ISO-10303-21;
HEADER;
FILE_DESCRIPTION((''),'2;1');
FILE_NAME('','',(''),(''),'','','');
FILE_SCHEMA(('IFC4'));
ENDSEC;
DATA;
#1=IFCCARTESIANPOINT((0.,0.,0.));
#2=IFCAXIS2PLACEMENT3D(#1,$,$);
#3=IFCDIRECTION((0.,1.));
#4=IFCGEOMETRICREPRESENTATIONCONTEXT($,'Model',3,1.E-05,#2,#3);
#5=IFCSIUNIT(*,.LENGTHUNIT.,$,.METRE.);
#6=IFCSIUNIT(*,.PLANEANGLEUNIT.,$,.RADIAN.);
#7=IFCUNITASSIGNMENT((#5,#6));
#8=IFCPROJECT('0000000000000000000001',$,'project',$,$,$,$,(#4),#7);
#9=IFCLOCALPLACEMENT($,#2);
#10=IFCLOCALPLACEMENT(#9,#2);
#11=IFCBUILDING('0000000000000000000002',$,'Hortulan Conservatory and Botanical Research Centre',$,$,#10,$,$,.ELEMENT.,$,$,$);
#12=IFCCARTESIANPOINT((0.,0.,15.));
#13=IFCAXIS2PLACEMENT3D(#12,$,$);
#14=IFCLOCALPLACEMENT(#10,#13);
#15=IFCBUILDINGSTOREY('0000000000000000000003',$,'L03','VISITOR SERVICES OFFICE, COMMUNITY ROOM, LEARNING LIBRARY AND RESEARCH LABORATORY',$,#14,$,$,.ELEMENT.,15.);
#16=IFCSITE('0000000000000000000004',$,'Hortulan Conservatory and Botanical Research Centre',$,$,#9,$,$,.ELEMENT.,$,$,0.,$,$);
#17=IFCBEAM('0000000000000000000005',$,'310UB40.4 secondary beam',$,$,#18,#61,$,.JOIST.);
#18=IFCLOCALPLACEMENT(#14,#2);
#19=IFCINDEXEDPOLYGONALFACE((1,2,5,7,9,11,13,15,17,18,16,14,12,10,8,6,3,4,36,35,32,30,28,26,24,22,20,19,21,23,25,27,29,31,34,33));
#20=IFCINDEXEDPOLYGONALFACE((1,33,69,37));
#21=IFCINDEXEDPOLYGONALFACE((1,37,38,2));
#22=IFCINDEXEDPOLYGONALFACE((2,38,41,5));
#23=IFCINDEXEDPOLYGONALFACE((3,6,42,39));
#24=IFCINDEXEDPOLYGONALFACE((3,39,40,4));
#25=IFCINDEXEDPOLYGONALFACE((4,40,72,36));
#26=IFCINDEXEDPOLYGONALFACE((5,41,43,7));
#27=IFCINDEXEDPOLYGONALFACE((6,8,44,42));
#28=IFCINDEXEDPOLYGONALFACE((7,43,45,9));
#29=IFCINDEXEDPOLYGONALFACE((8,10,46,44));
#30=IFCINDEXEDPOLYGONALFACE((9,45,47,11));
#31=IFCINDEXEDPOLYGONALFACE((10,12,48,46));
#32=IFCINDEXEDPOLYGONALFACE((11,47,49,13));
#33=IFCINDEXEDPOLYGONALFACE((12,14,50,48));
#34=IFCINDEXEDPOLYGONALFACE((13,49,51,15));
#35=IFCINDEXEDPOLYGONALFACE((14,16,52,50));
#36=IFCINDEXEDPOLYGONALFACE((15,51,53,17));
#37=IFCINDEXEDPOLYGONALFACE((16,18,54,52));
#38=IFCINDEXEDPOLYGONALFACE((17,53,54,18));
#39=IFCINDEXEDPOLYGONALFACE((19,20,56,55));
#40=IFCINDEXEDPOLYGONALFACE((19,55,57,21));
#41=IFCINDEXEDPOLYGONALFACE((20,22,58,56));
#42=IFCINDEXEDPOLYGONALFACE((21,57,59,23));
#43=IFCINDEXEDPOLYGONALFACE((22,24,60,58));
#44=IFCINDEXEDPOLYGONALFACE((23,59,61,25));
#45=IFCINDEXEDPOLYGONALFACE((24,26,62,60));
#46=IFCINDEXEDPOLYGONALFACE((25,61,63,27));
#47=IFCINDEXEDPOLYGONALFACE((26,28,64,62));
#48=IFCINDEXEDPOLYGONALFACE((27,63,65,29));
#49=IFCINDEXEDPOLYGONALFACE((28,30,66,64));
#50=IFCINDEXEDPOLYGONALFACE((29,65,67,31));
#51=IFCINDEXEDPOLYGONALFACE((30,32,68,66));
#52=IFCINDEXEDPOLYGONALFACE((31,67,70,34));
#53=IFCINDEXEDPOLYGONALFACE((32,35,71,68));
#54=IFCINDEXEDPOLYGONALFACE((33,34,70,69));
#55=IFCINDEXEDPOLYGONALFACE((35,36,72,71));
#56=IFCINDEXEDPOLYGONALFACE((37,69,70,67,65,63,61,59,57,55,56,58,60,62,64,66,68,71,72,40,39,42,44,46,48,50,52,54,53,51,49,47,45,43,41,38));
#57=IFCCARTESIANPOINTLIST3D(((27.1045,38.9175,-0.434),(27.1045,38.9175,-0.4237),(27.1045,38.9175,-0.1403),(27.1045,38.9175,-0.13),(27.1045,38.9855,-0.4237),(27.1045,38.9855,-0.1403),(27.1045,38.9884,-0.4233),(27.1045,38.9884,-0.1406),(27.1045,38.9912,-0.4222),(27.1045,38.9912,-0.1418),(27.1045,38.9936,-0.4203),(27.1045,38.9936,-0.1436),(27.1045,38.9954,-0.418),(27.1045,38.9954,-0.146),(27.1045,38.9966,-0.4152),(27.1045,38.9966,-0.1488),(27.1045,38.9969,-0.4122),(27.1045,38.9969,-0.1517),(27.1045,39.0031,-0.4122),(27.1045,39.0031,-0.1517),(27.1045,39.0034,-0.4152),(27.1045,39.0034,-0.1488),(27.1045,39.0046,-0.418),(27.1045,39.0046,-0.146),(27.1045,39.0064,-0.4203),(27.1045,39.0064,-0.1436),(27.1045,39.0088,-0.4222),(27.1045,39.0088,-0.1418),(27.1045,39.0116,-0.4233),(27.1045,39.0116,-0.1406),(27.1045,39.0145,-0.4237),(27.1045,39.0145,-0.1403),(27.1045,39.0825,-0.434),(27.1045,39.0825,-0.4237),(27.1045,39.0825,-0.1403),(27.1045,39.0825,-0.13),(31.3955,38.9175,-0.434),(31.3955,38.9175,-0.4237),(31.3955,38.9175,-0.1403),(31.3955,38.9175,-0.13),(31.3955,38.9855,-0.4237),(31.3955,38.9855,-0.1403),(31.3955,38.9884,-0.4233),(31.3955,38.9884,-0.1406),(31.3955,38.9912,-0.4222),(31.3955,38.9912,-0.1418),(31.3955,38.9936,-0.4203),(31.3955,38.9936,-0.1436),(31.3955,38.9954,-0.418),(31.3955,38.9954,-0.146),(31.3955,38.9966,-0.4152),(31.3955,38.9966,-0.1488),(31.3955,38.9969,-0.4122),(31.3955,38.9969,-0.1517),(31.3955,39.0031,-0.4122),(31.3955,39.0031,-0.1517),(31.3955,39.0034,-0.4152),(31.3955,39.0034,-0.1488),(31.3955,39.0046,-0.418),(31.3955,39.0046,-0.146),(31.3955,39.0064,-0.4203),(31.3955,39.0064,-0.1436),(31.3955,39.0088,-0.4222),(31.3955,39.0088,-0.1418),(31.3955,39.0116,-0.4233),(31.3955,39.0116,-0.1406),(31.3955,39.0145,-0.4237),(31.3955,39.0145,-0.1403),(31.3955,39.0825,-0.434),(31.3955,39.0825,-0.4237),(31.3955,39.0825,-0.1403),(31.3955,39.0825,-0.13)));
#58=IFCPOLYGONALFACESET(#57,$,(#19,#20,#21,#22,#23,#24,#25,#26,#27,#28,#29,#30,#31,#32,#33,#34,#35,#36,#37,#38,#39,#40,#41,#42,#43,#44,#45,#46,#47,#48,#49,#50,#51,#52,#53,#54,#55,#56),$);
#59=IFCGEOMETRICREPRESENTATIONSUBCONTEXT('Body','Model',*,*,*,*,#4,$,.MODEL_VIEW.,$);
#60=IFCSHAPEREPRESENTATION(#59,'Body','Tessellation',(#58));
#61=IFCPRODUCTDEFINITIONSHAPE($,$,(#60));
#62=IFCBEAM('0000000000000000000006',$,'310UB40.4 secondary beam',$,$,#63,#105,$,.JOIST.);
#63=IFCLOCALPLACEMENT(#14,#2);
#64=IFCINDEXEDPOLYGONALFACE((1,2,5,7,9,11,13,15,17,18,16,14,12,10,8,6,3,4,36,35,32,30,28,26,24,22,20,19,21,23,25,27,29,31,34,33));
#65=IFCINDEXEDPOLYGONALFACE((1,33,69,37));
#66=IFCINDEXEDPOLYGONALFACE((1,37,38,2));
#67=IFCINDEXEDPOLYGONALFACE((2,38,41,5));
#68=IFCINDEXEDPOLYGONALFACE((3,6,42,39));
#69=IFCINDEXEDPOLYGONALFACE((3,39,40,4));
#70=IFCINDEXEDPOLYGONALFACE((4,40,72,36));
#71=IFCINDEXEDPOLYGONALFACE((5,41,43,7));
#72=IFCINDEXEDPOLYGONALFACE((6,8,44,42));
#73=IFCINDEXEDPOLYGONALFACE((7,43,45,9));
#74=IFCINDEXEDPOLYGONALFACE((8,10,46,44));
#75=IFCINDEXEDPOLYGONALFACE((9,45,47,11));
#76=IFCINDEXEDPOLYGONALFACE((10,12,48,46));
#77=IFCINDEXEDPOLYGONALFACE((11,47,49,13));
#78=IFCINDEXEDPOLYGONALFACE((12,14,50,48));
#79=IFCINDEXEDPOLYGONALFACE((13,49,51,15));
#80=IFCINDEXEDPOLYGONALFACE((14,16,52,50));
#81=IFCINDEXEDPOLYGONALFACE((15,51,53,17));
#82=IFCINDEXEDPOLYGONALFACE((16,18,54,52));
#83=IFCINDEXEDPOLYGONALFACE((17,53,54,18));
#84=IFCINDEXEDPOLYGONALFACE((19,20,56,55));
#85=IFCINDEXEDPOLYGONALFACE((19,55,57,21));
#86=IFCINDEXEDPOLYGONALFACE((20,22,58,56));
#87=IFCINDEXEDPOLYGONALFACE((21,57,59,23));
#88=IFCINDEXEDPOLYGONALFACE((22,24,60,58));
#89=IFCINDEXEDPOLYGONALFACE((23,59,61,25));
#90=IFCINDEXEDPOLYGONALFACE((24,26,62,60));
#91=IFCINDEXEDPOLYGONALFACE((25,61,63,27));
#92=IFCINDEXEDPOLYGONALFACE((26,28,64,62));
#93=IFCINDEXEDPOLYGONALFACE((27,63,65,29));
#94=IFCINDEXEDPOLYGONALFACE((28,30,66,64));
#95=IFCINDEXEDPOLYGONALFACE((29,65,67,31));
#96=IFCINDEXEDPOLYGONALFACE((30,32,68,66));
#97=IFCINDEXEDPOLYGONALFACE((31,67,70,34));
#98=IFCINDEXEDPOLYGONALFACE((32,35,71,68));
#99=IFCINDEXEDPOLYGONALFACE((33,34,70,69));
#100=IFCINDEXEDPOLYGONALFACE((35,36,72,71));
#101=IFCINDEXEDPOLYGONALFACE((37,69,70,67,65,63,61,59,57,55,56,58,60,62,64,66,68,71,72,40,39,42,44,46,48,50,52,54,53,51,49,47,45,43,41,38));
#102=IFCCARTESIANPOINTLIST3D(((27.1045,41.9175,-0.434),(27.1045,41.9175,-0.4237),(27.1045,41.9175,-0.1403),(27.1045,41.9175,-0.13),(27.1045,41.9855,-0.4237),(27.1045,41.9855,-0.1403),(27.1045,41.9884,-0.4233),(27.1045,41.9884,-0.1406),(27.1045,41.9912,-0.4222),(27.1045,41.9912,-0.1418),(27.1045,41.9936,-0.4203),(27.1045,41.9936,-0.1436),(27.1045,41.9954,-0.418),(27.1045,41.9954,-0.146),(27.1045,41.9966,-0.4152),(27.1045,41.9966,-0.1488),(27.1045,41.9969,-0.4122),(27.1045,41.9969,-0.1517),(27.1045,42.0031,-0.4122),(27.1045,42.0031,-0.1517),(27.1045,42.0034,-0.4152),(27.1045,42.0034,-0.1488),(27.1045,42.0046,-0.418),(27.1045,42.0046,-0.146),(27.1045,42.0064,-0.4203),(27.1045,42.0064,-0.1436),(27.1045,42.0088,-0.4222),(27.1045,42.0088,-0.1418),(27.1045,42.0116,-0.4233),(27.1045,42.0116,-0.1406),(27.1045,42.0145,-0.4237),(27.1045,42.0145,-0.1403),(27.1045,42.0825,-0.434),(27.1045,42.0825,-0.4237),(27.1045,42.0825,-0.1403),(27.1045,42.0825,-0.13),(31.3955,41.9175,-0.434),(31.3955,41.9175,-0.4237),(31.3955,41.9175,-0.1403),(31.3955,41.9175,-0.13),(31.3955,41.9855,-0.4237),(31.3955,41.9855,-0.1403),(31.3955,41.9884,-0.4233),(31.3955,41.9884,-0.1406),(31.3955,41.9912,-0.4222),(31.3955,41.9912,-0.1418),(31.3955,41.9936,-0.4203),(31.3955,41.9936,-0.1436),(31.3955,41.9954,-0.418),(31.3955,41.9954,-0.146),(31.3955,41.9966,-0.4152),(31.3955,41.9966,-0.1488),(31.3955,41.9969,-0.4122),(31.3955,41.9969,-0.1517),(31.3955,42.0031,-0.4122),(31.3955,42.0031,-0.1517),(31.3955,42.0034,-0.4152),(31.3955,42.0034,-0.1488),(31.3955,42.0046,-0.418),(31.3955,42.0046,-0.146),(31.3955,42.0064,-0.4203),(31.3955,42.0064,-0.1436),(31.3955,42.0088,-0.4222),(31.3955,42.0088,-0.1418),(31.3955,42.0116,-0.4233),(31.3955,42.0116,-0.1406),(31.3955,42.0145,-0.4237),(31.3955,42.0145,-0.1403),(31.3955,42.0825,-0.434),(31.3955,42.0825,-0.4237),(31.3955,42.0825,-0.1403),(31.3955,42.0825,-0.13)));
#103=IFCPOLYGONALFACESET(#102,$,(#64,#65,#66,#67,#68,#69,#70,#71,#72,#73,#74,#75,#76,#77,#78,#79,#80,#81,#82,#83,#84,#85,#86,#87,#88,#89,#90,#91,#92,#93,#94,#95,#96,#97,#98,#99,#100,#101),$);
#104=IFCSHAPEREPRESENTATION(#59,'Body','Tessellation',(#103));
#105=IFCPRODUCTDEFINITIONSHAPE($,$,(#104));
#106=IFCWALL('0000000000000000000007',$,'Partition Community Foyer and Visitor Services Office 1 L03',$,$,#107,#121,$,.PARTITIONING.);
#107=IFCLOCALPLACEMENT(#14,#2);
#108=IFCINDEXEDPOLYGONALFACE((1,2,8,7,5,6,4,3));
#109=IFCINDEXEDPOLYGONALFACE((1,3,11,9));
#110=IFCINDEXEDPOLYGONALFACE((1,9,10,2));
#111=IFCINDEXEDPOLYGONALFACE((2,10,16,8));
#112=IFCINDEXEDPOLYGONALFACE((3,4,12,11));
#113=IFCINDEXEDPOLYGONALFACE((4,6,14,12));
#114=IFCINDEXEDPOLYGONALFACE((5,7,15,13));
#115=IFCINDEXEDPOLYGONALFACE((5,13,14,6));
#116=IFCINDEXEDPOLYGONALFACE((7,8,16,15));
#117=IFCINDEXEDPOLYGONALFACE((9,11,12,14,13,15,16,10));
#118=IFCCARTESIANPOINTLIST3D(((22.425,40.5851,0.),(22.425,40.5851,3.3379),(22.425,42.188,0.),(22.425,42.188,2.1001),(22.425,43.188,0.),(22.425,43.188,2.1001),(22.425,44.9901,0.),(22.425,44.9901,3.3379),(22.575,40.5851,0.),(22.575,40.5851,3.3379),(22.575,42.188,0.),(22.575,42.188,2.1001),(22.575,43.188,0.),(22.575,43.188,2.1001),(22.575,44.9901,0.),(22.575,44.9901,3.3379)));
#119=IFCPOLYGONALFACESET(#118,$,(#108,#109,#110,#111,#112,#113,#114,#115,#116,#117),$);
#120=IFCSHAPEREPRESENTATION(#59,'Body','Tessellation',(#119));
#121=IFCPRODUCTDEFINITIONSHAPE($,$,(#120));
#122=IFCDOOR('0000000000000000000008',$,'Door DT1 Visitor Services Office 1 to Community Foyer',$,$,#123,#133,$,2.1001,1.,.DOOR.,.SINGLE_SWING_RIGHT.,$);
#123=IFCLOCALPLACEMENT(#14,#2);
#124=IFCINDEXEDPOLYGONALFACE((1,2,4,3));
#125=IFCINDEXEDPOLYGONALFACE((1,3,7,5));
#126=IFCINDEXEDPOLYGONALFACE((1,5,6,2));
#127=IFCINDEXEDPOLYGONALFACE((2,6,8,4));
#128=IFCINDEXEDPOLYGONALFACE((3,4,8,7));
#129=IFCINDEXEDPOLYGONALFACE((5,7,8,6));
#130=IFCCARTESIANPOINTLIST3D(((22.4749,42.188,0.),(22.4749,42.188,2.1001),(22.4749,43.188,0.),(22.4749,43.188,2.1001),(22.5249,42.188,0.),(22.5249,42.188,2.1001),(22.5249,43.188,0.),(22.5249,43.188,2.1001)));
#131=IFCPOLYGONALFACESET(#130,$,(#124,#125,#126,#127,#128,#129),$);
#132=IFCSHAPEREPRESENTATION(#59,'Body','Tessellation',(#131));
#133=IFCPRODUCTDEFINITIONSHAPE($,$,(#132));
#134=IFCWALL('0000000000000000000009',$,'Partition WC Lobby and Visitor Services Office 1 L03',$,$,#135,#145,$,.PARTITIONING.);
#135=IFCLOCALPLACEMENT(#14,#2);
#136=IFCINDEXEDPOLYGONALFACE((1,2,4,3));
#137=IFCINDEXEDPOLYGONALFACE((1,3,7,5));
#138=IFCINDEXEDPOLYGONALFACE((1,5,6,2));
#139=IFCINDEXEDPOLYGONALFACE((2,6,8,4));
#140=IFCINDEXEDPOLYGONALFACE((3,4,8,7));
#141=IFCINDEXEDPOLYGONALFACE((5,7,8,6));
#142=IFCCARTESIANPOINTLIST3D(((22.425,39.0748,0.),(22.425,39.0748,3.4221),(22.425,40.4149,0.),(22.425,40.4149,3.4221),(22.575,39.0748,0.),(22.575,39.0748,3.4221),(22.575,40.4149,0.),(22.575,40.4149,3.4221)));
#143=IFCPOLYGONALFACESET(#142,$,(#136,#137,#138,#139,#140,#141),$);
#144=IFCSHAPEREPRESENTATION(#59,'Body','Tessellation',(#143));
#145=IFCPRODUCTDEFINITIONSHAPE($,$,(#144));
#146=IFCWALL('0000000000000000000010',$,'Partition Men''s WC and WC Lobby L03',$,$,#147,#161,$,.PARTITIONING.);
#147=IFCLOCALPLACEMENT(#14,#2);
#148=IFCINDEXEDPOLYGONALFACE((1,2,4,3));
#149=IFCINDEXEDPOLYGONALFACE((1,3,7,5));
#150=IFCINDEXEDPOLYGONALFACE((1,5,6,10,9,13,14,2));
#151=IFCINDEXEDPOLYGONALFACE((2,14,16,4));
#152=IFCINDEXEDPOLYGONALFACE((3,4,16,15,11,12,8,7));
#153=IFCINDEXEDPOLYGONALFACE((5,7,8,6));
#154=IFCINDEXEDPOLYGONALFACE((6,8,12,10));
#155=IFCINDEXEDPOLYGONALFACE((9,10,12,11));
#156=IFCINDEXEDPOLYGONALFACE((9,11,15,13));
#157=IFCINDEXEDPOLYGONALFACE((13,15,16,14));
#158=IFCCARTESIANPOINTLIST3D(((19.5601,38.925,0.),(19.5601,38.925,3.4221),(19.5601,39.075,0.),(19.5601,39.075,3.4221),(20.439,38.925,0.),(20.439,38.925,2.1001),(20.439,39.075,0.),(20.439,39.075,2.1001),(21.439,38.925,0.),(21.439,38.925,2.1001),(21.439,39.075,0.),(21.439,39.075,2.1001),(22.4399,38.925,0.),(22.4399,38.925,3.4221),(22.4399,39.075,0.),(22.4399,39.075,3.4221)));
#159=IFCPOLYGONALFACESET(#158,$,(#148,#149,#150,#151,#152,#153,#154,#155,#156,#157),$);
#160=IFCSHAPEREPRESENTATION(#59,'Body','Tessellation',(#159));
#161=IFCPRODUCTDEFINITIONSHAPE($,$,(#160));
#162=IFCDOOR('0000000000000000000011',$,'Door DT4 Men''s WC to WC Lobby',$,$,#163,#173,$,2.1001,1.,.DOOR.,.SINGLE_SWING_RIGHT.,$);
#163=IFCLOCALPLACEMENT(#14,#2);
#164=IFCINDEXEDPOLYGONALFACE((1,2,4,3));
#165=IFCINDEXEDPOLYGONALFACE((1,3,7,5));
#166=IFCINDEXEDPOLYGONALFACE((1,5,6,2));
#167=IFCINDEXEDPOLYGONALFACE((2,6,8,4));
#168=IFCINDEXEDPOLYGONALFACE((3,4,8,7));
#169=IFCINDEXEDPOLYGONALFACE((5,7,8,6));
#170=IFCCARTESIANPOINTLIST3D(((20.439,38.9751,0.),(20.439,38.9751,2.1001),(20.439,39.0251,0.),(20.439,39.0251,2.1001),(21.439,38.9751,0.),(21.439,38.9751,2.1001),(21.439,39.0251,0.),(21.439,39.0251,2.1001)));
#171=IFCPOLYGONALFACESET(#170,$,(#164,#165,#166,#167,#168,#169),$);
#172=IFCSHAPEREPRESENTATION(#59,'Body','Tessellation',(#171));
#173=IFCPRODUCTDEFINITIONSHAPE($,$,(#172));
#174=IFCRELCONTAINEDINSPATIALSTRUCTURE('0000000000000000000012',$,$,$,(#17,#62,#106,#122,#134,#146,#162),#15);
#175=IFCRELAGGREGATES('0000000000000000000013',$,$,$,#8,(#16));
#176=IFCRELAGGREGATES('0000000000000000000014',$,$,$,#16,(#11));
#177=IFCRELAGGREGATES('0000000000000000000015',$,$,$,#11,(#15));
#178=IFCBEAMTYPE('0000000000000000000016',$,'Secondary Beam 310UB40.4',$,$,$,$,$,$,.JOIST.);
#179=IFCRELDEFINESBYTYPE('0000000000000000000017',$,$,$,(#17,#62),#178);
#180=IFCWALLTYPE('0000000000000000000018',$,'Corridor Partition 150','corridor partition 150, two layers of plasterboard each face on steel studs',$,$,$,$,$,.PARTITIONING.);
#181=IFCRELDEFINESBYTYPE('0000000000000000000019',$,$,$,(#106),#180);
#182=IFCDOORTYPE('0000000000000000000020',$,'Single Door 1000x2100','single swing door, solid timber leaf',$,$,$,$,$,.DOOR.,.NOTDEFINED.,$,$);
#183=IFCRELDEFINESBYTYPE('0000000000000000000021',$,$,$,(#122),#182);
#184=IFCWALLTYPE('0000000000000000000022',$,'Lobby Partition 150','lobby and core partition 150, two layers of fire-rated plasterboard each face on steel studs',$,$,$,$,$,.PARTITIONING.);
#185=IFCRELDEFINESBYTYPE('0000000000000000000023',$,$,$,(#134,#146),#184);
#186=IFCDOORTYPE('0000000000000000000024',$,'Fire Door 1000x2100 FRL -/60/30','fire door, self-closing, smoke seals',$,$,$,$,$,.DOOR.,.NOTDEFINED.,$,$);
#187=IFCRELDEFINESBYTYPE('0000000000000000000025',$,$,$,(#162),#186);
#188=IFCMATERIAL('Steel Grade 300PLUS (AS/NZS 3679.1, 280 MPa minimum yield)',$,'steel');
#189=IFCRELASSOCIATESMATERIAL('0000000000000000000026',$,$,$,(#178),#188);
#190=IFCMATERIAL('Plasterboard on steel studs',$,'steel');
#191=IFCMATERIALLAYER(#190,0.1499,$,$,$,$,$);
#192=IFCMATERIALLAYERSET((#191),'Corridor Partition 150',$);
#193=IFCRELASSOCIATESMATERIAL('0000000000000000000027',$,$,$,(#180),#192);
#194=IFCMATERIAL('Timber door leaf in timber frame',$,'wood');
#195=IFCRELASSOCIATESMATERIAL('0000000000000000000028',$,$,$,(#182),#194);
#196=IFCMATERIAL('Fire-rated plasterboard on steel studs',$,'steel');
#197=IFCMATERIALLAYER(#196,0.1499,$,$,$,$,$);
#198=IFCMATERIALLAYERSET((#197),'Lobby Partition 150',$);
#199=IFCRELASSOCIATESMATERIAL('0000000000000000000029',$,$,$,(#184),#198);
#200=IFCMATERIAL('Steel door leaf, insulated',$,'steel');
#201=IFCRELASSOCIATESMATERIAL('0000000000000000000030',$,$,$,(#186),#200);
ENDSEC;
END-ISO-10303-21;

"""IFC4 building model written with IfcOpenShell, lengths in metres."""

from ifc_helpers import new_model, si_unit, direction, frame, frame_2d, origin, origin_2d, place, context, subcontext, project, spatial, rectangle, i_section, extrude, material, layer, layer_set, material_profile, profile_set, type_object, element, fill, save


model = new_model("IFC4")

# Units and contexts
model_context = context("Model", 3, precision=1e-05, world=origin(), true_north=direction((0.0, 1.0)))
body_context = subcontext(model_context, "Body", "Model", "MODEL_VIEW")
ifc_project = project(units=[si_unit("LENGTHUNIT", "METRE"), si_unit("PLANEANGLEUNIT", "RADIAN")], contexts=[model_context])

# Site, building, storey
site_placement = place(None, origin())
site = spatial("IfcSite", under=ifc_project, at=site_placement, Name="Hortulan Conservatory and Botanical Research Centre", CompositionType="ELEMENT", RefElevation=0.0)
building_placement = place(site_placement, origin())
building = spatial("IfcBuilding", under=site, at=building_placement, Name="Hortulan Conservatory and Botanical Research Centre", CompositionType="ELEMENT")
storey_placement = place(building_placement, frame((0.0, 0.0, 15.0)))
storey = spatial("IfcBuildingStorey", under=building, at=storey_placement, Name="L03", Description="VISITOR SERVICES OFFICE, COMMUNITY ROOM, LEARNING LIBRARY AND RESEARCH LABORATORY", CompositionType="ELEMENT", Elevation=15.0)

# Shared definitions
ifc_material_1 = material(Name="Steel Grade 300PLUS (AS/NZS 3679.1, 280 MPa minimum yield)", Category="steel")

# Beams
ifc_material_profile_1 = material_profile(ifc_material_1, i_section(OverallWidth=0.165, OverallDepth=0.304, WebThickness=0.0061, FlangeThickness=0.0103, FilletRadius=0.0115, at=origin_2d()), Name="310UB40.4")
ifc_profile_set_1 = profile_set([ifc_material_profile_1], Name="Steel Grade 300PLUS (AS/NZS 3679.1, 280 MPa minimum yield)")
beam_type_1 = type_object("IfcBeamType", Name="Secondary Beam 310UB40.4", PredefinedType="JOIST", material=ifc_profile_set_1)
for number, where, z_axis, x_axis, name in (
    (1, (27.1045, 39.0, -0.282), (1.0, 0.0, 0.0), (0.0, 1.0, 0.0), "310UB40.4 secondary beam"),
    (2, (27.1045, 42.0, -0.282), (1.0, 0.0, 0.0), (0.0, 1.0, 0.0), "310UB40.4 secondary beam"),
):
    element("IfcBeam", number, at=place(storey_placement, frame(where, z_axis=z_axis, x_axis=x_axis)), inside=storey, type_object=beam_type_1, Name=name, PredefinedType="JOIST", context=body_context, shape_type="SweptSolid", body=[
        extrude(i_section(OverallWidth=0.165, OverallDepth=0.304, WebThickness=0.0061, FlangeThickness=0.0103, FilletRadius=0.0115, at=origin_2d()), origin(), (0.0, 0.0, 1.0), 4.291),
    ])

# Wall, opening, door
ifc_material_2 = material(Name="Plasterboard on steel studs", Category="steel")
ifc_layer_1 = layer(ifc_material_2, 0.1499)
ifc_layer_set_1 = layer_set([ifc_layer_1], Name="Corridor Partition 150")
wall_type_1 = type_object("IfcWallType", Name="Corridor Partition 150", Description="corridor partition 150, two layers of plasterboard each face on steel studs", PredefinedType="PARTITIONING", material=ifc_layer_set_1)
wall_1_placement = place(storey_placement, frame((22.5, 40.585, 0.0), z_axis=(0.0, 0.0, 1.0), x_axis=(0.0, 1.0, 0.0)))
wall_1 = element("IfcWall", 3, at=wall_1_placement, inside=storey, type_object=wall_type_1, Name="Partition Community Foyer and Visitor Services Office 1 L03", PredefinedType="PARTITIONING", context=body_context, shape_type="SweptSolid", body=[
    extrude(rectangle(XDim=4.405, YDim=0.1499, at=frame_2d((2.2026, 0.0))), origin(), (0.0, 0.0, 1.0), 3.3379),
])
opening_1_placement = place(wall_1_placement, frame((1.603, 0.0, 0.0)))
opening_1 = element("IfcOpeningElement", 4, at=opening_1_placement, cuts=wall_1, PredefinedType="OPENING", context=body_context, shape_type="SweptSolid", body=[
    extrude(rectangle(XDim=1.0, YDim=2.1001, at=frame_2d((0.5, 1.05))), frame((0.0, 0.085, 0.0), z_axis=(0.0, -1.0, 0.0), x_axis=(1.0, 0.0, 0.0)), (0.0, 0.0, 1.0), 0.1699),
])
ifc_material_3 = material(Name="Timber door leaf in timber frame", Category="wood")
door_type_1 = type_object("IfcDoorType", Name="Single Door 1000x2100", Description="single swing door, solid timber leaf", OperationType="NOTDEFINED", PredefinedType="DOOR", material=ifc_material_3)
door_1_placement = place(opening_1_placement, frame((1.0, 0.0, 0.0), z_axis=(0.0, 0.0, 1.0), x_axis=(-1.0, 0.0, 0.0)))
door_1 = element("IfcDoor", 5, at=door_1_placement, inside=storey, type_object=door_type_1, Name="Door DT1 Visitor Services Office 1 to Community Foyer", OperationType="SINGLE_SWING_RIGHT", OverallHeight=2.1001, OverallWidth=1.0, PredefinedType="DOOR", context=body_context, shape_type="SweptSolid", body=[
    extrude(rectangle(XDim=1.0, YDim=2.1001, at=frame_2d((0.5, 1.05))), frame((0.0, 0.0249, 0.0), z_axis=(0.0, -1.0, 0.0), x_axis=(1.0, 0.0, 0.0)), (0.0, 0.0, 1.0), 0.05),
])
fill(opening_1, door_1)

# Wall
ifc_material_4 = material(Name="Fire-rated plasterboard on steel studs", Category="steel")
ifc_layer_2 = layer(ifc_material_4, 0.1499)
ifc_layer_set_2 = layer_set([ifc_layer_2], Name="Lobby Partition 150")
wall_type_2 = type_object("IfcWallType", Name="Lobby Partition 150", Description="lobby and core partition 150, two layers of fire-rated plasterboard each face on steel studs", PredefinedType="PARTITIONING", material=ifc_layer_set_2)
wall_2_placement = place(storey_placement, frame((22.5, 39.075, 0.0), z_axis=(0.0, 0.0, 1.0), x_axis=(0.0, 1.0, 0.0)))
element("IfcWall", 6, at=wall_2_placement, inside=storey, type_object=wall_type_2, Name="Partition WC Lobby and Visitor Services Office 1 L03", PredefinedType="PARTITIONING", context=body_context, shape_type="SweptSolid", body=[
    extrude(rectangle(XDim=1.3401, YDim=0.1499, at=frame_2d((0.6699, 0.0))), origin(), (0.0, 0.0, 1.0), 3.4221),
])

# Wall, opening, door
wall_3_placement = place(storey_placement, frame((19.5601, 39.0, 0.0), z_axis=(0.0, 0.0, 1.0), x_axis=(1.0, 0.0, 0.0)))
wall_3 = element("IfcWall", 7, at=wall_3_placement, inside=storey, type_object=wall_type_2, Name="Partition Men's WC and WC Lobby L03", PredefinedType="PARTITIONING", context=body_context, shape_type="SweptSolid", body=[
    extrude(rectangle(XDim=2.8799, YDim=0.1499, at=frame_2d((1.4399, 0.0))), origin(), (0.0, 0.0, 1.0), 3.4221),
])
opening_2_placement = place(wall_3_placement, frame((0.8789, 0.0, 0.0)))
opening_2 = element("IfcOpeningElement", 8, at=opening_2_placement, cuts=wall_3, PredefinedType="OPENING", context=body_context, shape_type="SweptSolid", body=[
    extrude(rectangle(XDim=1.0, YDim=2.1001, at=frame_2d((0.5, 1.05))), frame((0.0, 0.085, 0.0), z_axis=(0.0, -1.0, 0.0), x_axis=(1.0, 0.0, 0.0)), (0.0, 0.0, 1.0), 0.1699),
])
ifc_material_5 = material(Name="Steel door leaf, insulated", Category="steel")
door_type_2 = type_object("IfcDoorType", Name="Fire Door 1000x2100 FRL -/60/30", Description="fire door, self-closing, smoke seals", OperationType="NOTDEFINED", PredefinedType="DOOR", material=ifc_material_5)
door_2_placement = place(opening_2_placement, frame((1.0, 0.0, 0.0), z_axis=(0.0, 0.0, 1.0), x_axis=(-1.0, 0.0, 0.0)))
door_2 = element("IfcDoor", 9, at=door_2_placement, inside=storey, type_object=door_type_2, Name="Door DT4 Men's WC to WC Lobby", OperationType="SINGLE_SWING_RIGHT", OverallHeight=2.1001, OverallWidth=1.0, PredefinedType="DOOR", context=body_context, shape_type="SweptSolid", body=[
    extrude(rectangle(XDim=1.0, YDim=2.1001, at=frame_2d((0.5, 1.05))), frame((0.0, 0.0249, 0.0), z_axis=(0.0, -1.0, 0.0), x_axis=(1.0, 0.0, 0.0)), (0.0, 0.0, 1.0), 0.05),
])
fill(opening_2, door_2)

save(model, "model.ifc")
